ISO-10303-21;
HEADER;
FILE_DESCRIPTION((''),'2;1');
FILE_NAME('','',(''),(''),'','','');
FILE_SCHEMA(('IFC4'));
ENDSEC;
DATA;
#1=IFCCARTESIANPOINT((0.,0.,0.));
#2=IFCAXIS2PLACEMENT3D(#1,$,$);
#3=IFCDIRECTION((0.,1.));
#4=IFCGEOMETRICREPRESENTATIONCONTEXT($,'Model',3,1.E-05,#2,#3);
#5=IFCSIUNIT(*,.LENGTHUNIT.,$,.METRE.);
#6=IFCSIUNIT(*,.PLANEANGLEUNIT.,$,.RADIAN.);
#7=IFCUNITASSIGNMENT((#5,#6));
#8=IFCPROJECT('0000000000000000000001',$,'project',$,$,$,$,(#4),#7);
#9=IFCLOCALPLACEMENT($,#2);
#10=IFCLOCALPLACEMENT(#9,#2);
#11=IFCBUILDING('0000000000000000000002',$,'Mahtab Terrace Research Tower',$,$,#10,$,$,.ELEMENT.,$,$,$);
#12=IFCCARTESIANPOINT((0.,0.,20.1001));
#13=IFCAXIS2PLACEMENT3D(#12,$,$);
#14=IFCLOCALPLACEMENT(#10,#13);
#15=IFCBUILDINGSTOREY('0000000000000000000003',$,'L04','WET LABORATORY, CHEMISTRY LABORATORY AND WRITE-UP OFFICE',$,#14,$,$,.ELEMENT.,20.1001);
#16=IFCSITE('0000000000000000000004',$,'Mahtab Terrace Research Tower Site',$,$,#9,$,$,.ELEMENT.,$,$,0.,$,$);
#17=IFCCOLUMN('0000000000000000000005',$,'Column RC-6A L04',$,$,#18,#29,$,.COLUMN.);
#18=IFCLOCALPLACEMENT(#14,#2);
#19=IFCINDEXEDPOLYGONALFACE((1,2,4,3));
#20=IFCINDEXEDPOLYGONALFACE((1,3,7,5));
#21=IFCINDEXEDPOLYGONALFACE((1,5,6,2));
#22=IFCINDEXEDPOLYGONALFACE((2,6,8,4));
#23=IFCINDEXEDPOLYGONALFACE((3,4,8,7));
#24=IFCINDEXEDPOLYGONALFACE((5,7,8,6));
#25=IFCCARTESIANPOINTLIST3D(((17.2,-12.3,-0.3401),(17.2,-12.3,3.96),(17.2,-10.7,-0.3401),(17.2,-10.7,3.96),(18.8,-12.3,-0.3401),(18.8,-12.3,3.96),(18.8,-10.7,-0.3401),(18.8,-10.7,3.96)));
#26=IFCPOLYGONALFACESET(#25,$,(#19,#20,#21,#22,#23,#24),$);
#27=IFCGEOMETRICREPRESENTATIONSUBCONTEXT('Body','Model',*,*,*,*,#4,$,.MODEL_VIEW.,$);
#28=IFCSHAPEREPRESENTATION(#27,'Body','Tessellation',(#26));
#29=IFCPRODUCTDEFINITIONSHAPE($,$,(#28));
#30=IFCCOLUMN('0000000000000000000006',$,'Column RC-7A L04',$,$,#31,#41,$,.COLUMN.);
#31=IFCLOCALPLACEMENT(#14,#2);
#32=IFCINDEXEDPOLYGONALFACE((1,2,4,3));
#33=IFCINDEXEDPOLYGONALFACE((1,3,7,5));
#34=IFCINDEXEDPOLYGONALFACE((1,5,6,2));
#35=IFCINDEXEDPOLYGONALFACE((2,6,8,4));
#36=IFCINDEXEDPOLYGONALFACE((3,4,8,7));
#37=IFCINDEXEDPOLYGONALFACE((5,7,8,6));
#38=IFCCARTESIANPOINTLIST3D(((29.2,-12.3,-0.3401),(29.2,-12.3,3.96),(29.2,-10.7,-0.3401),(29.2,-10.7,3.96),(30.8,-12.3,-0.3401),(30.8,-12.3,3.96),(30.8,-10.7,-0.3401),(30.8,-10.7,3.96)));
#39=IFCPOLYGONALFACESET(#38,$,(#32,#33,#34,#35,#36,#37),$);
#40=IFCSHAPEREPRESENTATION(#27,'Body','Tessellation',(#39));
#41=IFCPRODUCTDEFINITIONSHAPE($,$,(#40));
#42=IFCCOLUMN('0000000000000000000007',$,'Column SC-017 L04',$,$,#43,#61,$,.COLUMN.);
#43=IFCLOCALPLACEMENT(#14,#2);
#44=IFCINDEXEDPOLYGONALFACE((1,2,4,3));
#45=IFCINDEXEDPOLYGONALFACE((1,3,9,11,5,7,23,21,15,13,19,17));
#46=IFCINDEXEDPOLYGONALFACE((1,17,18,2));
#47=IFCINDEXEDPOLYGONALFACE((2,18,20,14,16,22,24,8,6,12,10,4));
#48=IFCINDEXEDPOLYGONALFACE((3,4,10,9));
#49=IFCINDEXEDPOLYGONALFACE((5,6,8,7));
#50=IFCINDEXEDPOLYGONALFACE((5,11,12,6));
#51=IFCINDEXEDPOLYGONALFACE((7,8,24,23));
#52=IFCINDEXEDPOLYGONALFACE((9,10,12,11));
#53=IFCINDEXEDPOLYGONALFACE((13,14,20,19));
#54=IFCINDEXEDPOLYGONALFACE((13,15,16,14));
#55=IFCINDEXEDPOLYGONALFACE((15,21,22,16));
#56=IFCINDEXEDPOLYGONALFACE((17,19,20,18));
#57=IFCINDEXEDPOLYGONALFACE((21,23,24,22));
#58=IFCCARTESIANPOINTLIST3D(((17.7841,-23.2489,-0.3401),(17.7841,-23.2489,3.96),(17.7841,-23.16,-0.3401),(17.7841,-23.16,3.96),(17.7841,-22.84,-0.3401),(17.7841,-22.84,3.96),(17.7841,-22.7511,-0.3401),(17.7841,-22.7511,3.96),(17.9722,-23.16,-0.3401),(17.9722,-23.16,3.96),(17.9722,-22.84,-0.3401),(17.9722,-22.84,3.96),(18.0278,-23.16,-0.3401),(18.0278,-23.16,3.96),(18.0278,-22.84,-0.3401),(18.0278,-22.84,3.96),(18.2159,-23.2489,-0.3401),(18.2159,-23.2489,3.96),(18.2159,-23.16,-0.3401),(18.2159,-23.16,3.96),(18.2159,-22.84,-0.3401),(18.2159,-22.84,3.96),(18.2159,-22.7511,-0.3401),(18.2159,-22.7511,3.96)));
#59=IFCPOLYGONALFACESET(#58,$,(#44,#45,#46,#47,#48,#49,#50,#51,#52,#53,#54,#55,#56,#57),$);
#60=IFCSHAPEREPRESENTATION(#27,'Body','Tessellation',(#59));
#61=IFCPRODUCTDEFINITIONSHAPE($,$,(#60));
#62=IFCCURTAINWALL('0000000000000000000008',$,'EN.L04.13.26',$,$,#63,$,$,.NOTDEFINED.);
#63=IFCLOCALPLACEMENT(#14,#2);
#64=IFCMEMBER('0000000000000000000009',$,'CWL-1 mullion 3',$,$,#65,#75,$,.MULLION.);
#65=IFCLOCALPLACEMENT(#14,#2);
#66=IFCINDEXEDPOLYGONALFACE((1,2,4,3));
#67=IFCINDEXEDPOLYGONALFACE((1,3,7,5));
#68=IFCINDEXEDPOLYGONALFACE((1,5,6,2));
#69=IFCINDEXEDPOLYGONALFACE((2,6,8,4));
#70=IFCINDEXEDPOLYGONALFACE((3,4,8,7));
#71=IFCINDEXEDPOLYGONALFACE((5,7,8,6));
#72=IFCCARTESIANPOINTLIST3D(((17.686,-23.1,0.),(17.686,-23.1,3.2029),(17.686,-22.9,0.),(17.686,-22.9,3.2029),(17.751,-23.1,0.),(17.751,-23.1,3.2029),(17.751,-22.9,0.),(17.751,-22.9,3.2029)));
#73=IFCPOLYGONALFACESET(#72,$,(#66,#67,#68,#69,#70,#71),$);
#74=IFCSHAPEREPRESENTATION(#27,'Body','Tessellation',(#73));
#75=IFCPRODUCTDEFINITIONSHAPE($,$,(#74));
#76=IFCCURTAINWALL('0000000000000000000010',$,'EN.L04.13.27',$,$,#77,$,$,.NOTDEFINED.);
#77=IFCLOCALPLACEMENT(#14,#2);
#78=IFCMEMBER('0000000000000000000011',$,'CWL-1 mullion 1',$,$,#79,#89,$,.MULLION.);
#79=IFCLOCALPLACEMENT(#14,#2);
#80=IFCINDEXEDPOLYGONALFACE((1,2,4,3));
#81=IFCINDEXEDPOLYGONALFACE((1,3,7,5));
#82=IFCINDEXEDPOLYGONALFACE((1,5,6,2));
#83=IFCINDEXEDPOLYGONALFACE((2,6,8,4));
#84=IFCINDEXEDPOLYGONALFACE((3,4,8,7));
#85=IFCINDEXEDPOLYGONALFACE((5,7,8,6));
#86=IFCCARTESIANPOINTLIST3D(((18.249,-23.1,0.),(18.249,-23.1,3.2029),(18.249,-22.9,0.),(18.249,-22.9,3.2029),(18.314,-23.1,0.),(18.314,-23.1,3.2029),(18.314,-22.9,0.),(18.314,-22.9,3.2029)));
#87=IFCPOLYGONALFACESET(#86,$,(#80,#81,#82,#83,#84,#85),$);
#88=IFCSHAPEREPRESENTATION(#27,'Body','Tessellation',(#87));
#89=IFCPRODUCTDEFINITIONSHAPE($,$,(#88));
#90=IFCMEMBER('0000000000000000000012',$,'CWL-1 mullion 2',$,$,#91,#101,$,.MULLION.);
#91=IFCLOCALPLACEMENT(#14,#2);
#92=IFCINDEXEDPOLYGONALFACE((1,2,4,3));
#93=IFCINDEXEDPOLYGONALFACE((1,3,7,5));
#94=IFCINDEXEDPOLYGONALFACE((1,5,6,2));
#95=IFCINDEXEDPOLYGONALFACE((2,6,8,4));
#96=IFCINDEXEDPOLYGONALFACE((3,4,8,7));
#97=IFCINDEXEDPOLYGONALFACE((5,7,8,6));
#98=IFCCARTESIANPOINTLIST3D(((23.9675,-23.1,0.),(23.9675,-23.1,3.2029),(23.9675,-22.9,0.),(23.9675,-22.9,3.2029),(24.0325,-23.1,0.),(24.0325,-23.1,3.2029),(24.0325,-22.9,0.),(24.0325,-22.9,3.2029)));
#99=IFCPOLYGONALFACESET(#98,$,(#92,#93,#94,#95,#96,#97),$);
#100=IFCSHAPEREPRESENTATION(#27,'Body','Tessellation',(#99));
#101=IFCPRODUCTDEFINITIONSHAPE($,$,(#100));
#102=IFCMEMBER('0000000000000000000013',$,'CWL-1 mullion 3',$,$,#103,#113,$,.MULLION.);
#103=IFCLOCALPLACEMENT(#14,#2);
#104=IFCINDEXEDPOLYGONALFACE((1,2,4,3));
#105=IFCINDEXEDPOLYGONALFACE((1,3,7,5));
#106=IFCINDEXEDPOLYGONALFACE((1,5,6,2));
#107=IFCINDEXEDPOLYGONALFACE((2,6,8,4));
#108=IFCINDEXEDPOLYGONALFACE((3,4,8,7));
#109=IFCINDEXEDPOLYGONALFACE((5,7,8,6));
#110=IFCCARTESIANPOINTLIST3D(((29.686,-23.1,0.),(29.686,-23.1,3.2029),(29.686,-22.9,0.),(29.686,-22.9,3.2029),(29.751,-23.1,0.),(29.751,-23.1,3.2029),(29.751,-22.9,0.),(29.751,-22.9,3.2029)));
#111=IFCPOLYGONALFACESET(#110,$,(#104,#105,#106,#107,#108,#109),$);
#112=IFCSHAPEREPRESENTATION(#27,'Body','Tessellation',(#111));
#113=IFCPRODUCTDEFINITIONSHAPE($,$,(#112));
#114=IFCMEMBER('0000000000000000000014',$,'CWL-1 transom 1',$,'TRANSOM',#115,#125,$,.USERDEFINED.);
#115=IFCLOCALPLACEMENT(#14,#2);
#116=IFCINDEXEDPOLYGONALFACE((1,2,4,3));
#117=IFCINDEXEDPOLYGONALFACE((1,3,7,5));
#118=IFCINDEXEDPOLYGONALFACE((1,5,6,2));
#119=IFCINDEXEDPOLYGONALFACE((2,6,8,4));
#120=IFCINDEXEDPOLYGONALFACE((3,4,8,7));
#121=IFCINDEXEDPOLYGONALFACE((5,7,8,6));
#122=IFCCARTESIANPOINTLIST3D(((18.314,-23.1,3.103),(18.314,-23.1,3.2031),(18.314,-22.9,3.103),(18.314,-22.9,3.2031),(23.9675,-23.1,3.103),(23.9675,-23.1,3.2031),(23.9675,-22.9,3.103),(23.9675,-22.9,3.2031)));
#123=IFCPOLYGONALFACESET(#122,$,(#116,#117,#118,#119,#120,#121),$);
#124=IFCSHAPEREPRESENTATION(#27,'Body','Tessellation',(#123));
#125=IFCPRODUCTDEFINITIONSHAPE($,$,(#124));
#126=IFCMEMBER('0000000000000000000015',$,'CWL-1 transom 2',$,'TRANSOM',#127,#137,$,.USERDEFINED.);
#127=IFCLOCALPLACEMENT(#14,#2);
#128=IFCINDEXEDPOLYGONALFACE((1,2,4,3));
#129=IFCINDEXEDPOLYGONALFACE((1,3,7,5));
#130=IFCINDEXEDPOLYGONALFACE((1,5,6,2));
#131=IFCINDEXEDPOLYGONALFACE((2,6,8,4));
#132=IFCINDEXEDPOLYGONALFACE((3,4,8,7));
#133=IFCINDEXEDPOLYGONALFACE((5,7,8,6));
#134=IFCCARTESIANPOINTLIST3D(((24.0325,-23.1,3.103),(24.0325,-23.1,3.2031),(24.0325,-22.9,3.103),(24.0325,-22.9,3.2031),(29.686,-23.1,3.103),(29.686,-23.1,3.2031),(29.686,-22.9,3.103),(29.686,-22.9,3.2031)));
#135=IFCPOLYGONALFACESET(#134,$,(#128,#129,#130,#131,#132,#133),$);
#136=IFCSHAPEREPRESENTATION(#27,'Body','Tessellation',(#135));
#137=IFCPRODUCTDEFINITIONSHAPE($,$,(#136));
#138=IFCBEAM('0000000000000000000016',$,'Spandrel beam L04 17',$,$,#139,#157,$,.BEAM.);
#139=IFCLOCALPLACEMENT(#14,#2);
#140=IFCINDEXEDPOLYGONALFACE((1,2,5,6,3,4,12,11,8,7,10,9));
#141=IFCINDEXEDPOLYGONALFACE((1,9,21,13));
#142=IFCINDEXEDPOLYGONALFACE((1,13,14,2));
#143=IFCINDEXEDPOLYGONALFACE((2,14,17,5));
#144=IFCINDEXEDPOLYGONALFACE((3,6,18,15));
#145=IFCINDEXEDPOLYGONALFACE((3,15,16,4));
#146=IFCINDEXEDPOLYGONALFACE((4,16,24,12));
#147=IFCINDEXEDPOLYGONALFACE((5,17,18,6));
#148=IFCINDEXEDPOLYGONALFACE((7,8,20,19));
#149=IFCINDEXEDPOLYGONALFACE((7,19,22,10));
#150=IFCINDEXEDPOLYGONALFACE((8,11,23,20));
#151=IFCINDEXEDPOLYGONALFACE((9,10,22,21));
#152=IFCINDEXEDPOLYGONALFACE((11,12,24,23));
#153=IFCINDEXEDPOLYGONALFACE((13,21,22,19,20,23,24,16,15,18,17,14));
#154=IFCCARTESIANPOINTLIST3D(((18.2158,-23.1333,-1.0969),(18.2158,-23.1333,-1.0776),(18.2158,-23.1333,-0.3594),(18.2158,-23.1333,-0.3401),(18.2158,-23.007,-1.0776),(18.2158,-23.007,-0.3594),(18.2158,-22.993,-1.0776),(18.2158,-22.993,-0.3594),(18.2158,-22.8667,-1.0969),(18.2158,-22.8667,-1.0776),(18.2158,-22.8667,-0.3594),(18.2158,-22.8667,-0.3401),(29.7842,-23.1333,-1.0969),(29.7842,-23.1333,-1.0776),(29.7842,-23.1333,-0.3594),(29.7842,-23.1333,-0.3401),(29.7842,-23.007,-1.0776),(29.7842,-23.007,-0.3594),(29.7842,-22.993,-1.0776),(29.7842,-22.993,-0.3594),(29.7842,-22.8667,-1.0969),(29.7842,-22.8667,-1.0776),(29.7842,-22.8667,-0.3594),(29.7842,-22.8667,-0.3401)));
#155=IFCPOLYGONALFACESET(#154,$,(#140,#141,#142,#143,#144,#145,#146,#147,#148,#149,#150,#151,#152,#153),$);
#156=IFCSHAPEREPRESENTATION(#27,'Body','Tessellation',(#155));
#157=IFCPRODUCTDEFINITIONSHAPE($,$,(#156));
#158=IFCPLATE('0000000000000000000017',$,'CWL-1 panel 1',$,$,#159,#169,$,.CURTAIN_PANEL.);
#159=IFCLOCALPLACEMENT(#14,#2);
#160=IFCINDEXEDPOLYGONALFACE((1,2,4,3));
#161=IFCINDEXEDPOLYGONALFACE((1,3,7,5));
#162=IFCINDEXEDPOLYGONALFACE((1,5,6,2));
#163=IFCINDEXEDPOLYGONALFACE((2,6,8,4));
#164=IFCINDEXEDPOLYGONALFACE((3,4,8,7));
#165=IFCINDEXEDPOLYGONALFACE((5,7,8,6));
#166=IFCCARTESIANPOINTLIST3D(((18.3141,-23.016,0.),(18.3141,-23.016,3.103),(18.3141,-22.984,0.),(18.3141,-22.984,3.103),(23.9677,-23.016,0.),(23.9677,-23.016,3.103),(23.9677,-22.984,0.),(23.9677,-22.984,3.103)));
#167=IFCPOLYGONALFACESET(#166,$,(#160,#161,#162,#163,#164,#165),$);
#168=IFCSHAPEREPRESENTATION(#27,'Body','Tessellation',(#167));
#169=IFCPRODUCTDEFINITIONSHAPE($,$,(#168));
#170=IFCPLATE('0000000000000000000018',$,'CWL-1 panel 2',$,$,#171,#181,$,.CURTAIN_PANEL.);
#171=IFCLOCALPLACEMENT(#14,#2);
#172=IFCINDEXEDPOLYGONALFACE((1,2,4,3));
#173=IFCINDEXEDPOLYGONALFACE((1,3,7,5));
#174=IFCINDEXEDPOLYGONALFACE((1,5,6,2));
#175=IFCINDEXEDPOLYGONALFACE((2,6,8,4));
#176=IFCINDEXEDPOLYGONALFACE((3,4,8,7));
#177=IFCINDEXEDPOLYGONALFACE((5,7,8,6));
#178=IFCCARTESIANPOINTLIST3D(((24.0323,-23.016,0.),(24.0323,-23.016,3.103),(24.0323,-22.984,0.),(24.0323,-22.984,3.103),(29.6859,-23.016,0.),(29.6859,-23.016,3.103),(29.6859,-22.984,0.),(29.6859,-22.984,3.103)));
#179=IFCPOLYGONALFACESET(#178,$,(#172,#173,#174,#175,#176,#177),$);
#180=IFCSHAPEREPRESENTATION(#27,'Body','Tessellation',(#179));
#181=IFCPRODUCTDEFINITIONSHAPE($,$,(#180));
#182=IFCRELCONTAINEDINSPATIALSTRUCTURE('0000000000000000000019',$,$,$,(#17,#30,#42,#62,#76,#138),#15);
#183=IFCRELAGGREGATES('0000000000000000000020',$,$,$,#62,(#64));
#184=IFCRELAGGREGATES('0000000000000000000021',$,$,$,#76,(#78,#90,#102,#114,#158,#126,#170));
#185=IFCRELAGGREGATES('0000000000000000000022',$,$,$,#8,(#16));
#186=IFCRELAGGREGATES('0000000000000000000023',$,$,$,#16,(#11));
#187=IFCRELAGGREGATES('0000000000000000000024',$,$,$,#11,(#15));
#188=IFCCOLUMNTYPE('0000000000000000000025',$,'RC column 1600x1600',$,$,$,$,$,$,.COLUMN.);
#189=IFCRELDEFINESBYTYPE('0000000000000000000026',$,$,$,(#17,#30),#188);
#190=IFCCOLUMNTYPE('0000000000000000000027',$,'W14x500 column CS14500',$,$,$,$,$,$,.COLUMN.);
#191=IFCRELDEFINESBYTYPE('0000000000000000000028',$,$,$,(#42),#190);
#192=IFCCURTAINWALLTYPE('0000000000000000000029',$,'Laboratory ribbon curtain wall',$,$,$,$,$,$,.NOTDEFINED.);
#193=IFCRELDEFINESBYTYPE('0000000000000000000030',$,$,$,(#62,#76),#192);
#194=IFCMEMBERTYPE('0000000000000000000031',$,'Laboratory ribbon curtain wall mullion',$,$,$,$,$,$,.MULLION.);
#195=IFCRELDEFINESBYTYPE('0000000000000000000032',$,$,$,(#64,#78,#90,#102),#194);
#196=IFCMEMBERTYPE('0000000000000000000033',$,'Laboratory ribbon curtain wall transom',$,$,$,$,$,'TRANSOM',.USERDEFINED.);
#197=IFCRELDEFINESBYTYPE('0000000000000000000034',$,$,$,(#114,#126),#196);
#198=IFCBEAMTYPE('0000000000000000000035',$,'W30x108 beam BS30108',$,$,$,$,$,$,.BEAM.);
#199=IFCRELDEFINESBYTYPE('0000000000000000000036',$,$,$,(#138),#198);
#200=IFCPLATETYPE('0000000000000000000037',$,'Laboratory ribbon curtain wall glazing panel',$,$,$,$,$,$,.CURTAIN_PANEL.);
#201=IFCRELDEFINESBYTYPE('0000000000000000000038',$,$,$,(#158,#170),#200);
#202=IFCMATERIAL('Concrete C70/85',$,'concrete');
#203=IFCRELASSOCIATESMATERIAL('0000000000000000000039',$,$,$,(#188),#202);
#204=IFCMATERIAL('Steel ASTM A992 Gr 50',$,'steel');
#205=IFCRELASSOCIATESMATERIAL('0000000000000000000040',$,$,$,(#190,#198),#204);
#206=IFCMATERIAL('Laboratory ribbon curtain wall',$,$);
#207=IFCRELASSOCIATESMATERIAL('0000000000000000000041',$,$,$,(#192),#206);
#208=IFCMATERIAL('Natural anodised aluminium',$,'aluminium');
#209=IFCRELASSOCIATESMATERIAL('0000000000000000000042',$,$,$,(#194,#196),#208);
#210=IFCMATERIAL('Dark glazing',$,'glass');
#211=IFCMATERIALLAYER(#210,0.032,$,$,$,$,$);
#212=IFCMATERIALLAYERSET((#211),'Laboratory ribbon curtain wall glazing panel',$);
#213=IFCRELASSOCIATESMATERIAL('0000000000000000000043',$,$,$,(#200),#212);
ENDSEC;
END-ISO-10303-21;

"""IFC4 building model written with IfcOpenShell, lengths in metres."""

from ifc_helpers import new_model, si_unit, direction, frame, origin, origin_2d, place, context, subcontext, project, spatial, rectangle, i_section, extrude, material, layer, layer_set, material_profile, profile_set, type_object, element, aggregate, save


model = new_model("IFC4")

# Units and contexts
model_context = context("Model", 3, precision=1e-05, world=origin(), true_north=direction((0.0, 1.0)))
body_context = subcontext(model_context, "Body", "Model", "MODEL_VIEW")
ifc_project = project(units=[si_unit("LENGTHUNIT", "METRE"), si_unit("PLANEANGLEUNIT", "RADIAN")], contexts=[model_context])

# Site, building, storey
site_placement = place(None, origin())
site = spatial("IfcSite", under=ifc_project, at=site_placement, Name="Mahtab Terrace Research Tower Site", CompositionType="ELEMENT", RefElevation=0.0)
building_placement = place(site_placement, origin())
building = spatial("IfcBuilding", under=site, at=building_placement, Name="Mahtab Terrace Research Tower", CompositionType="ELEMENT")
storey_placement = place(building_placement, frame((0.0, 0.0, 20.1001)))
storey = spatial("IfcBuildingStorey", under=building, at=storey_placement, Name="L04", Description="WET LABORATORY, CHEMISTRY LABORATORY AND WRITE-UP OFFICE", CompositionType="ELEMENT", Elevation=20.1001)

# Columns
ifc_material_1 = material(Name="Concrete C70/85", Category="concrete")
ifc_material_profile_1 = material_profile(ifc_material_1, rectangle(XDim=1.6001, YDim=1.6001, at=origin_2d()), Name="RC column 1600x1600")
ifc_profile_set_1 = profile_set([ifc_material_profile_1], Name="Concrete C70/85")
column_type_1 = type_object("IfcColumnType", Name="RC column 1600x1600", PredefinedType="COLUMN", material=ifc_profile_set_1)
for number, where, z_axis, x_axis, name in (
    (1, (18.0, -11.5, -0.3401), (0.0, 0.0, 1.0), (1.0, 0.0, 0.0), "Column RC-6A L04"),
    (2, (30.0, -11.5, -0.3401), (0.0, 0.0, 1.0), (1.0, 0.0, 0.0), "Column RC-7A L04"),
):
    element("IfcColumn", number, at=place(storey_placement, frame(where, z_axis=z_axis, x_axis=x_axis)), inside=storey, type_object=column_type_1, Name=name, PredefinedType="COLUMN", context=body_context, shape_type="SweptSolid", body=[
        extrude(rectangle(XDim=1.6001, YDim=1.6001, at=origin_2d()), origin(), (0.0, 0.0, 1.0), 4.3),
    ])
ifc_material_2 = material(Name="Steel ASTM A992 Gr 50", Category="steel")
ifc_material_profile_2 = material_profile(ifc_material_2, i_section(OverallWidth=0.4319, OverallDepth=0.4978, WebThickness=0.0557, FlangeThickness=0.0889, at=origin_2d()), Name="W14X500")
ifc_profile_set_2 = profile_set([ifc_material_profile_2], Name="Steel ASTM A992 Gr 50")
column_type_2 = type_object("IfcColumnType", Name="W14x500 column CS14500", PredefinedType="COLUMN", material=ifc_profile_set_2)
column_placement = place(storey_placement, frame((18.0, -23.0, -0.3401), z_axis=(0.0, 0.0, 1.0), x_axis=(1.0, 0.0, 0.0)))
element("IfcColumn", 3, at=column_placement, inside=storey, type_object=column_type_2, Name="Column SC-017 L04", PredefinedType="COLUMN", context=body_context, shape_type="SweptSolid", body=[
    extrude(i_section(OverallWidth=0.4319, OverallDepth=0.4978, WebThickness=0.0557, FlangeThickness=0.0889, at=origin_2d()), origin(), (0.0, 0.0, 1.0), 4.3),
])

# Curtain wall, member
ifc_material_3 = material(Name="Laboratory ribbon curtain wall")
curtain_wall_type = type_object("IfcCurtainWallType", Name="Laboratory ribbon curtain wall", PredefinedType="NOTDEFINED", material=ifc_material_3)
curtain_wall_1_placement = place(storey_placement, origin())
curtain_wall_1 = element("IfcCurtainWall", 4, at=curtain_wall_1_placement, inside=storey, type_object=curtain_wall_type, Name="EN.L04.13.26", PredefinedType="NOTDEFINED")
ifc_material_4 = material(Name="Natural anodised aluminium", Category="aluminium")
ifc_material_profile_3 = material_profile(ifc_material_4, rectangle(XDim=0.2, YDim=0.0649, at=origin_2d()), Name="MULLION 65x200")
ifc_profile_set_3 = profile_set([ifc_material_profile_3], Name="Natural anodised aluminium")
member_type_1 = type_object("IfcMemberType", Name="Laboratory ribbon curtain wall mullion", PredefinedType="MULLION", material=ifc_profile_set_3)
member_1_placement = place(storey_placement, frame((17.7185, -23.0, 0.0), z_axis=(0.0, 0.0, 1.0), x_axis=(0.0, 1.0, 0.0)))
member_1 = element("IfcMember", 5, at=member_1_placement, type_object=member_type_1, Name="CWL-1 mullion 3", PredefinedType="MULLION", context=body_context, shape_type="SweptSolid", body=[
    extrude(rectangle(XDim=0.2, YDim=0.0649, at=origin_2d()), origin(), (0.0, 0.0, 1.0), 3.2029),
])
aggregate(curtain_wall_1, [member_1])

# Curtain wall, members
curtain_wall_2_placement = place(storey_placement, origin())
curtain_wall_2 = element("IfcCurtainWall", 6, at=curtain_wall_2_placement, inside=storey, type_object=curtain_wall_type, Name="EN.L04.13.27", PredefinedType="NOTDEFINED")
member_2_placement = place(storey_placement, frame((18.2815, -23.0, 0.0), z_axis=(0.0, 0.0, 1.0), x_axis=(0.0, 1.0, 0.0)))
member_2 = element("IfcMember", 7, at=member_2_placement, type_object=member_type_1, Name="CWL-1 mullion 1", PredefinedType="MULLION", context=body_context, shape_type="SweptSolid", body=[
    extrude(rectangle(XDim=0.2, YDim=0.0649, at=origin_2d()), origin(), (0.0, 0.0, 1.0), 3.2029),
])
member_3_placement = place(storey_placement, frame((24.0, -23.0, 0.0), z_axis=(0.0, 0.0, 1.0), x_axis=(0.0, 1.0, 0.0)))
member_3 = element("IfcMember", 8, at=member_3_placement, type_object=member_type_1, Name="CWL-1 mullion 2", PredefinedType="MULLION", context=body_context, shape_type="SweptSolid", body=[
    extrude(rectangle(XDim=0.2, YDim=0.0649, at=origin_2d()), origin(), (0.0, 0.0, 1.0), 3.2029),
])
member_4_placement = place(storey_placement, frame((29.7185, -23.0, 0.0), z_axis=(0.0, 0.0, 1.0), x_axis=(0.0, 1.0, 0.0)))
member_4 = element("IfcMember", 9, at=member_4_placement, type_object=member_type_1, Name="CWL-1 mullion 3", PredefinedType="MULLION", context=body_context, shape_type="SweptSolid", body=[
    extrude(rectangle(XDim=0.2, YDim=0.0649, at=origin_2d()), origin(), (0.0, 0.0, 1.0), 3.2029),
])
ifc_material_profile_4 = material_profile(ifc_material_4, rectangle(XDim=0.2, YDim=0.1001, at=origin_2d()), Name="TRANSOM 100x200")
ifc_profile_set_4 = profile_set([ifc_material_profile_4], Name="Natural anodised aluminium")
member_type_2 = type_object("IfcMemberType", Name="Laboratory ribbon curtain wall transom", ElementType="TRANSOM", PredefinedType="USERDEFINED", material=ifc_profile_set_4)
member_5_placement = place(storey_placement, frame((18.314, -23.0, 3.1531), z_axis=(1.0, 0.0, 0.0), x_axis=(0.0, 1.0, 0.0)))
member_5 = element("IfcMember", 10, at=member_5_placement, type_object=member_type_2, Name="CWL-1 transom 1", ObjectType="TRANSOM", PredefinedType="USERDEFINED", context=body_context, shape_type="SweptSolid", body=[
    extrude(rectangle(XDim=0.2, YDim=0.1001, at=origin_2d()), origin(), (0.0, 0.0, 1.0), 5.6536),
])
member_6_placement = place(storey_placement, frame((24.0325, -23.0, 3.1531), z_axis=(1.0, 0.0, 0.0), x_axis=(0.0, 1.0, 0.0)))
member_6 = element("IfcMember", 11, at=member_6_placement, type_object=member_type_2, Name="CWL-1 transom 2", ObjectType="TRANSOM", PredefinedType="USERDEFINED", context=body_context, shape_type="SweptSolid", body=[
    extrude(rectangle(XDim=0.2, YDim=0.1001, at=origin_2d()), origin(), (0.0, 0.0, 1.0), 5.6536),
])

# Beam
ifc_material_profile_5 = material_profile(ifc_material_2, i_section(OverallWidth=0.2666, OverallDepth=0.7568, WebThickness=0.0139, FlangeThickness=0.0193, at=origin_2d()), Name="W30X108")
ifc_profile_set_5 = profile_set([ifc_material_profile_5], Name="Steel ASTM A992 Gr 50")
beam_type = type_object("IfcBeamType", Name="W30x108 beam BS30108", PredefinedType="BEAM", material=ifc_profile_set_5)
beam_placement = place(storey_placement, frame((18.2158, -23.0, -0.7185), z_axis=(1.0, 0.0, 0.0), x_axis=(0.0, 1.0, 0.0)))
element("IfcBeam", 12, at=beam_placement, inside=storey, type_object=beam_type, Name="Spandrel beam L04 17", PredefinedType="BEAM", context=body_context, shape_type="SweptSolid", body=[
    extrude(i_section(OverallWidth=0.2666, OverallDepth=0.7568, WebThickness=0.0139, FlangeThickness=0.0193, at=origin_2d()), origin(), (0.0, 0.0, 1.0), 11.5684),
])

# Plates
ifc_material_5 = material(Name="Dark glazing", Category="glass")
ifc_layer_1 = layer(ifc_material_5, 0.032)
ifc_layer_set_1 = layer_set([ifc_layer_1], Name="Laboratory ribbon curtain wall glazing panel")
plate_type = type_object("IfcPlateType", Name="Laboratory ribbon curtain wall glazing panel", PredefinedType="CURTAIN_PANEL", material=ifc_layer_set_1)
plate_1_placement = place(storey_placement, frame((21.1409, -23.0, 0.0), z_axis=(0.0, 0.0, 1.0), x_axis=(1.0, 0.0, 0.0)))
plate_1 = element("IfcPlate", 13, at=plate_1_placement, type_object=plate_type, Name="CWL-1 panel 1", PredefinedType="CURTAIN_PANEL", context=body_context, shape_type="SweptSolid", body=[
    extrude(rectangle(XDim=5.6536, YDim=0.032, at=origin_2d()), origin(), (0.0, 0.0, 1.0), 3.103),
])
plate_2_placement = place(storey_placement, frame((26.8591, -23.0, 0.0), z_axis=(0.0, 0.0, 1.0), x_axis=(1.0, 0.0, 0.0)))
plate_2 = element("IfcPlate", 14, at=plate_2_placement, type_object=plate_type, Name="CWL-1 panel 2", PredefinedType="CURTAIN_PANEL", context=body_context, shape_type="SweptSolid", body=[
    extrude(rectangle(XDim=5.6536, YDim=0.032, at=origin_2d()), origin(), (0.0, 0.0, 1.0), 3.103),
])
aggregate(curtain_wall_2, [member_2, member_3, member_4, member_5, plate_1, member_6, plate_2])

save(model, "model.ifc")
